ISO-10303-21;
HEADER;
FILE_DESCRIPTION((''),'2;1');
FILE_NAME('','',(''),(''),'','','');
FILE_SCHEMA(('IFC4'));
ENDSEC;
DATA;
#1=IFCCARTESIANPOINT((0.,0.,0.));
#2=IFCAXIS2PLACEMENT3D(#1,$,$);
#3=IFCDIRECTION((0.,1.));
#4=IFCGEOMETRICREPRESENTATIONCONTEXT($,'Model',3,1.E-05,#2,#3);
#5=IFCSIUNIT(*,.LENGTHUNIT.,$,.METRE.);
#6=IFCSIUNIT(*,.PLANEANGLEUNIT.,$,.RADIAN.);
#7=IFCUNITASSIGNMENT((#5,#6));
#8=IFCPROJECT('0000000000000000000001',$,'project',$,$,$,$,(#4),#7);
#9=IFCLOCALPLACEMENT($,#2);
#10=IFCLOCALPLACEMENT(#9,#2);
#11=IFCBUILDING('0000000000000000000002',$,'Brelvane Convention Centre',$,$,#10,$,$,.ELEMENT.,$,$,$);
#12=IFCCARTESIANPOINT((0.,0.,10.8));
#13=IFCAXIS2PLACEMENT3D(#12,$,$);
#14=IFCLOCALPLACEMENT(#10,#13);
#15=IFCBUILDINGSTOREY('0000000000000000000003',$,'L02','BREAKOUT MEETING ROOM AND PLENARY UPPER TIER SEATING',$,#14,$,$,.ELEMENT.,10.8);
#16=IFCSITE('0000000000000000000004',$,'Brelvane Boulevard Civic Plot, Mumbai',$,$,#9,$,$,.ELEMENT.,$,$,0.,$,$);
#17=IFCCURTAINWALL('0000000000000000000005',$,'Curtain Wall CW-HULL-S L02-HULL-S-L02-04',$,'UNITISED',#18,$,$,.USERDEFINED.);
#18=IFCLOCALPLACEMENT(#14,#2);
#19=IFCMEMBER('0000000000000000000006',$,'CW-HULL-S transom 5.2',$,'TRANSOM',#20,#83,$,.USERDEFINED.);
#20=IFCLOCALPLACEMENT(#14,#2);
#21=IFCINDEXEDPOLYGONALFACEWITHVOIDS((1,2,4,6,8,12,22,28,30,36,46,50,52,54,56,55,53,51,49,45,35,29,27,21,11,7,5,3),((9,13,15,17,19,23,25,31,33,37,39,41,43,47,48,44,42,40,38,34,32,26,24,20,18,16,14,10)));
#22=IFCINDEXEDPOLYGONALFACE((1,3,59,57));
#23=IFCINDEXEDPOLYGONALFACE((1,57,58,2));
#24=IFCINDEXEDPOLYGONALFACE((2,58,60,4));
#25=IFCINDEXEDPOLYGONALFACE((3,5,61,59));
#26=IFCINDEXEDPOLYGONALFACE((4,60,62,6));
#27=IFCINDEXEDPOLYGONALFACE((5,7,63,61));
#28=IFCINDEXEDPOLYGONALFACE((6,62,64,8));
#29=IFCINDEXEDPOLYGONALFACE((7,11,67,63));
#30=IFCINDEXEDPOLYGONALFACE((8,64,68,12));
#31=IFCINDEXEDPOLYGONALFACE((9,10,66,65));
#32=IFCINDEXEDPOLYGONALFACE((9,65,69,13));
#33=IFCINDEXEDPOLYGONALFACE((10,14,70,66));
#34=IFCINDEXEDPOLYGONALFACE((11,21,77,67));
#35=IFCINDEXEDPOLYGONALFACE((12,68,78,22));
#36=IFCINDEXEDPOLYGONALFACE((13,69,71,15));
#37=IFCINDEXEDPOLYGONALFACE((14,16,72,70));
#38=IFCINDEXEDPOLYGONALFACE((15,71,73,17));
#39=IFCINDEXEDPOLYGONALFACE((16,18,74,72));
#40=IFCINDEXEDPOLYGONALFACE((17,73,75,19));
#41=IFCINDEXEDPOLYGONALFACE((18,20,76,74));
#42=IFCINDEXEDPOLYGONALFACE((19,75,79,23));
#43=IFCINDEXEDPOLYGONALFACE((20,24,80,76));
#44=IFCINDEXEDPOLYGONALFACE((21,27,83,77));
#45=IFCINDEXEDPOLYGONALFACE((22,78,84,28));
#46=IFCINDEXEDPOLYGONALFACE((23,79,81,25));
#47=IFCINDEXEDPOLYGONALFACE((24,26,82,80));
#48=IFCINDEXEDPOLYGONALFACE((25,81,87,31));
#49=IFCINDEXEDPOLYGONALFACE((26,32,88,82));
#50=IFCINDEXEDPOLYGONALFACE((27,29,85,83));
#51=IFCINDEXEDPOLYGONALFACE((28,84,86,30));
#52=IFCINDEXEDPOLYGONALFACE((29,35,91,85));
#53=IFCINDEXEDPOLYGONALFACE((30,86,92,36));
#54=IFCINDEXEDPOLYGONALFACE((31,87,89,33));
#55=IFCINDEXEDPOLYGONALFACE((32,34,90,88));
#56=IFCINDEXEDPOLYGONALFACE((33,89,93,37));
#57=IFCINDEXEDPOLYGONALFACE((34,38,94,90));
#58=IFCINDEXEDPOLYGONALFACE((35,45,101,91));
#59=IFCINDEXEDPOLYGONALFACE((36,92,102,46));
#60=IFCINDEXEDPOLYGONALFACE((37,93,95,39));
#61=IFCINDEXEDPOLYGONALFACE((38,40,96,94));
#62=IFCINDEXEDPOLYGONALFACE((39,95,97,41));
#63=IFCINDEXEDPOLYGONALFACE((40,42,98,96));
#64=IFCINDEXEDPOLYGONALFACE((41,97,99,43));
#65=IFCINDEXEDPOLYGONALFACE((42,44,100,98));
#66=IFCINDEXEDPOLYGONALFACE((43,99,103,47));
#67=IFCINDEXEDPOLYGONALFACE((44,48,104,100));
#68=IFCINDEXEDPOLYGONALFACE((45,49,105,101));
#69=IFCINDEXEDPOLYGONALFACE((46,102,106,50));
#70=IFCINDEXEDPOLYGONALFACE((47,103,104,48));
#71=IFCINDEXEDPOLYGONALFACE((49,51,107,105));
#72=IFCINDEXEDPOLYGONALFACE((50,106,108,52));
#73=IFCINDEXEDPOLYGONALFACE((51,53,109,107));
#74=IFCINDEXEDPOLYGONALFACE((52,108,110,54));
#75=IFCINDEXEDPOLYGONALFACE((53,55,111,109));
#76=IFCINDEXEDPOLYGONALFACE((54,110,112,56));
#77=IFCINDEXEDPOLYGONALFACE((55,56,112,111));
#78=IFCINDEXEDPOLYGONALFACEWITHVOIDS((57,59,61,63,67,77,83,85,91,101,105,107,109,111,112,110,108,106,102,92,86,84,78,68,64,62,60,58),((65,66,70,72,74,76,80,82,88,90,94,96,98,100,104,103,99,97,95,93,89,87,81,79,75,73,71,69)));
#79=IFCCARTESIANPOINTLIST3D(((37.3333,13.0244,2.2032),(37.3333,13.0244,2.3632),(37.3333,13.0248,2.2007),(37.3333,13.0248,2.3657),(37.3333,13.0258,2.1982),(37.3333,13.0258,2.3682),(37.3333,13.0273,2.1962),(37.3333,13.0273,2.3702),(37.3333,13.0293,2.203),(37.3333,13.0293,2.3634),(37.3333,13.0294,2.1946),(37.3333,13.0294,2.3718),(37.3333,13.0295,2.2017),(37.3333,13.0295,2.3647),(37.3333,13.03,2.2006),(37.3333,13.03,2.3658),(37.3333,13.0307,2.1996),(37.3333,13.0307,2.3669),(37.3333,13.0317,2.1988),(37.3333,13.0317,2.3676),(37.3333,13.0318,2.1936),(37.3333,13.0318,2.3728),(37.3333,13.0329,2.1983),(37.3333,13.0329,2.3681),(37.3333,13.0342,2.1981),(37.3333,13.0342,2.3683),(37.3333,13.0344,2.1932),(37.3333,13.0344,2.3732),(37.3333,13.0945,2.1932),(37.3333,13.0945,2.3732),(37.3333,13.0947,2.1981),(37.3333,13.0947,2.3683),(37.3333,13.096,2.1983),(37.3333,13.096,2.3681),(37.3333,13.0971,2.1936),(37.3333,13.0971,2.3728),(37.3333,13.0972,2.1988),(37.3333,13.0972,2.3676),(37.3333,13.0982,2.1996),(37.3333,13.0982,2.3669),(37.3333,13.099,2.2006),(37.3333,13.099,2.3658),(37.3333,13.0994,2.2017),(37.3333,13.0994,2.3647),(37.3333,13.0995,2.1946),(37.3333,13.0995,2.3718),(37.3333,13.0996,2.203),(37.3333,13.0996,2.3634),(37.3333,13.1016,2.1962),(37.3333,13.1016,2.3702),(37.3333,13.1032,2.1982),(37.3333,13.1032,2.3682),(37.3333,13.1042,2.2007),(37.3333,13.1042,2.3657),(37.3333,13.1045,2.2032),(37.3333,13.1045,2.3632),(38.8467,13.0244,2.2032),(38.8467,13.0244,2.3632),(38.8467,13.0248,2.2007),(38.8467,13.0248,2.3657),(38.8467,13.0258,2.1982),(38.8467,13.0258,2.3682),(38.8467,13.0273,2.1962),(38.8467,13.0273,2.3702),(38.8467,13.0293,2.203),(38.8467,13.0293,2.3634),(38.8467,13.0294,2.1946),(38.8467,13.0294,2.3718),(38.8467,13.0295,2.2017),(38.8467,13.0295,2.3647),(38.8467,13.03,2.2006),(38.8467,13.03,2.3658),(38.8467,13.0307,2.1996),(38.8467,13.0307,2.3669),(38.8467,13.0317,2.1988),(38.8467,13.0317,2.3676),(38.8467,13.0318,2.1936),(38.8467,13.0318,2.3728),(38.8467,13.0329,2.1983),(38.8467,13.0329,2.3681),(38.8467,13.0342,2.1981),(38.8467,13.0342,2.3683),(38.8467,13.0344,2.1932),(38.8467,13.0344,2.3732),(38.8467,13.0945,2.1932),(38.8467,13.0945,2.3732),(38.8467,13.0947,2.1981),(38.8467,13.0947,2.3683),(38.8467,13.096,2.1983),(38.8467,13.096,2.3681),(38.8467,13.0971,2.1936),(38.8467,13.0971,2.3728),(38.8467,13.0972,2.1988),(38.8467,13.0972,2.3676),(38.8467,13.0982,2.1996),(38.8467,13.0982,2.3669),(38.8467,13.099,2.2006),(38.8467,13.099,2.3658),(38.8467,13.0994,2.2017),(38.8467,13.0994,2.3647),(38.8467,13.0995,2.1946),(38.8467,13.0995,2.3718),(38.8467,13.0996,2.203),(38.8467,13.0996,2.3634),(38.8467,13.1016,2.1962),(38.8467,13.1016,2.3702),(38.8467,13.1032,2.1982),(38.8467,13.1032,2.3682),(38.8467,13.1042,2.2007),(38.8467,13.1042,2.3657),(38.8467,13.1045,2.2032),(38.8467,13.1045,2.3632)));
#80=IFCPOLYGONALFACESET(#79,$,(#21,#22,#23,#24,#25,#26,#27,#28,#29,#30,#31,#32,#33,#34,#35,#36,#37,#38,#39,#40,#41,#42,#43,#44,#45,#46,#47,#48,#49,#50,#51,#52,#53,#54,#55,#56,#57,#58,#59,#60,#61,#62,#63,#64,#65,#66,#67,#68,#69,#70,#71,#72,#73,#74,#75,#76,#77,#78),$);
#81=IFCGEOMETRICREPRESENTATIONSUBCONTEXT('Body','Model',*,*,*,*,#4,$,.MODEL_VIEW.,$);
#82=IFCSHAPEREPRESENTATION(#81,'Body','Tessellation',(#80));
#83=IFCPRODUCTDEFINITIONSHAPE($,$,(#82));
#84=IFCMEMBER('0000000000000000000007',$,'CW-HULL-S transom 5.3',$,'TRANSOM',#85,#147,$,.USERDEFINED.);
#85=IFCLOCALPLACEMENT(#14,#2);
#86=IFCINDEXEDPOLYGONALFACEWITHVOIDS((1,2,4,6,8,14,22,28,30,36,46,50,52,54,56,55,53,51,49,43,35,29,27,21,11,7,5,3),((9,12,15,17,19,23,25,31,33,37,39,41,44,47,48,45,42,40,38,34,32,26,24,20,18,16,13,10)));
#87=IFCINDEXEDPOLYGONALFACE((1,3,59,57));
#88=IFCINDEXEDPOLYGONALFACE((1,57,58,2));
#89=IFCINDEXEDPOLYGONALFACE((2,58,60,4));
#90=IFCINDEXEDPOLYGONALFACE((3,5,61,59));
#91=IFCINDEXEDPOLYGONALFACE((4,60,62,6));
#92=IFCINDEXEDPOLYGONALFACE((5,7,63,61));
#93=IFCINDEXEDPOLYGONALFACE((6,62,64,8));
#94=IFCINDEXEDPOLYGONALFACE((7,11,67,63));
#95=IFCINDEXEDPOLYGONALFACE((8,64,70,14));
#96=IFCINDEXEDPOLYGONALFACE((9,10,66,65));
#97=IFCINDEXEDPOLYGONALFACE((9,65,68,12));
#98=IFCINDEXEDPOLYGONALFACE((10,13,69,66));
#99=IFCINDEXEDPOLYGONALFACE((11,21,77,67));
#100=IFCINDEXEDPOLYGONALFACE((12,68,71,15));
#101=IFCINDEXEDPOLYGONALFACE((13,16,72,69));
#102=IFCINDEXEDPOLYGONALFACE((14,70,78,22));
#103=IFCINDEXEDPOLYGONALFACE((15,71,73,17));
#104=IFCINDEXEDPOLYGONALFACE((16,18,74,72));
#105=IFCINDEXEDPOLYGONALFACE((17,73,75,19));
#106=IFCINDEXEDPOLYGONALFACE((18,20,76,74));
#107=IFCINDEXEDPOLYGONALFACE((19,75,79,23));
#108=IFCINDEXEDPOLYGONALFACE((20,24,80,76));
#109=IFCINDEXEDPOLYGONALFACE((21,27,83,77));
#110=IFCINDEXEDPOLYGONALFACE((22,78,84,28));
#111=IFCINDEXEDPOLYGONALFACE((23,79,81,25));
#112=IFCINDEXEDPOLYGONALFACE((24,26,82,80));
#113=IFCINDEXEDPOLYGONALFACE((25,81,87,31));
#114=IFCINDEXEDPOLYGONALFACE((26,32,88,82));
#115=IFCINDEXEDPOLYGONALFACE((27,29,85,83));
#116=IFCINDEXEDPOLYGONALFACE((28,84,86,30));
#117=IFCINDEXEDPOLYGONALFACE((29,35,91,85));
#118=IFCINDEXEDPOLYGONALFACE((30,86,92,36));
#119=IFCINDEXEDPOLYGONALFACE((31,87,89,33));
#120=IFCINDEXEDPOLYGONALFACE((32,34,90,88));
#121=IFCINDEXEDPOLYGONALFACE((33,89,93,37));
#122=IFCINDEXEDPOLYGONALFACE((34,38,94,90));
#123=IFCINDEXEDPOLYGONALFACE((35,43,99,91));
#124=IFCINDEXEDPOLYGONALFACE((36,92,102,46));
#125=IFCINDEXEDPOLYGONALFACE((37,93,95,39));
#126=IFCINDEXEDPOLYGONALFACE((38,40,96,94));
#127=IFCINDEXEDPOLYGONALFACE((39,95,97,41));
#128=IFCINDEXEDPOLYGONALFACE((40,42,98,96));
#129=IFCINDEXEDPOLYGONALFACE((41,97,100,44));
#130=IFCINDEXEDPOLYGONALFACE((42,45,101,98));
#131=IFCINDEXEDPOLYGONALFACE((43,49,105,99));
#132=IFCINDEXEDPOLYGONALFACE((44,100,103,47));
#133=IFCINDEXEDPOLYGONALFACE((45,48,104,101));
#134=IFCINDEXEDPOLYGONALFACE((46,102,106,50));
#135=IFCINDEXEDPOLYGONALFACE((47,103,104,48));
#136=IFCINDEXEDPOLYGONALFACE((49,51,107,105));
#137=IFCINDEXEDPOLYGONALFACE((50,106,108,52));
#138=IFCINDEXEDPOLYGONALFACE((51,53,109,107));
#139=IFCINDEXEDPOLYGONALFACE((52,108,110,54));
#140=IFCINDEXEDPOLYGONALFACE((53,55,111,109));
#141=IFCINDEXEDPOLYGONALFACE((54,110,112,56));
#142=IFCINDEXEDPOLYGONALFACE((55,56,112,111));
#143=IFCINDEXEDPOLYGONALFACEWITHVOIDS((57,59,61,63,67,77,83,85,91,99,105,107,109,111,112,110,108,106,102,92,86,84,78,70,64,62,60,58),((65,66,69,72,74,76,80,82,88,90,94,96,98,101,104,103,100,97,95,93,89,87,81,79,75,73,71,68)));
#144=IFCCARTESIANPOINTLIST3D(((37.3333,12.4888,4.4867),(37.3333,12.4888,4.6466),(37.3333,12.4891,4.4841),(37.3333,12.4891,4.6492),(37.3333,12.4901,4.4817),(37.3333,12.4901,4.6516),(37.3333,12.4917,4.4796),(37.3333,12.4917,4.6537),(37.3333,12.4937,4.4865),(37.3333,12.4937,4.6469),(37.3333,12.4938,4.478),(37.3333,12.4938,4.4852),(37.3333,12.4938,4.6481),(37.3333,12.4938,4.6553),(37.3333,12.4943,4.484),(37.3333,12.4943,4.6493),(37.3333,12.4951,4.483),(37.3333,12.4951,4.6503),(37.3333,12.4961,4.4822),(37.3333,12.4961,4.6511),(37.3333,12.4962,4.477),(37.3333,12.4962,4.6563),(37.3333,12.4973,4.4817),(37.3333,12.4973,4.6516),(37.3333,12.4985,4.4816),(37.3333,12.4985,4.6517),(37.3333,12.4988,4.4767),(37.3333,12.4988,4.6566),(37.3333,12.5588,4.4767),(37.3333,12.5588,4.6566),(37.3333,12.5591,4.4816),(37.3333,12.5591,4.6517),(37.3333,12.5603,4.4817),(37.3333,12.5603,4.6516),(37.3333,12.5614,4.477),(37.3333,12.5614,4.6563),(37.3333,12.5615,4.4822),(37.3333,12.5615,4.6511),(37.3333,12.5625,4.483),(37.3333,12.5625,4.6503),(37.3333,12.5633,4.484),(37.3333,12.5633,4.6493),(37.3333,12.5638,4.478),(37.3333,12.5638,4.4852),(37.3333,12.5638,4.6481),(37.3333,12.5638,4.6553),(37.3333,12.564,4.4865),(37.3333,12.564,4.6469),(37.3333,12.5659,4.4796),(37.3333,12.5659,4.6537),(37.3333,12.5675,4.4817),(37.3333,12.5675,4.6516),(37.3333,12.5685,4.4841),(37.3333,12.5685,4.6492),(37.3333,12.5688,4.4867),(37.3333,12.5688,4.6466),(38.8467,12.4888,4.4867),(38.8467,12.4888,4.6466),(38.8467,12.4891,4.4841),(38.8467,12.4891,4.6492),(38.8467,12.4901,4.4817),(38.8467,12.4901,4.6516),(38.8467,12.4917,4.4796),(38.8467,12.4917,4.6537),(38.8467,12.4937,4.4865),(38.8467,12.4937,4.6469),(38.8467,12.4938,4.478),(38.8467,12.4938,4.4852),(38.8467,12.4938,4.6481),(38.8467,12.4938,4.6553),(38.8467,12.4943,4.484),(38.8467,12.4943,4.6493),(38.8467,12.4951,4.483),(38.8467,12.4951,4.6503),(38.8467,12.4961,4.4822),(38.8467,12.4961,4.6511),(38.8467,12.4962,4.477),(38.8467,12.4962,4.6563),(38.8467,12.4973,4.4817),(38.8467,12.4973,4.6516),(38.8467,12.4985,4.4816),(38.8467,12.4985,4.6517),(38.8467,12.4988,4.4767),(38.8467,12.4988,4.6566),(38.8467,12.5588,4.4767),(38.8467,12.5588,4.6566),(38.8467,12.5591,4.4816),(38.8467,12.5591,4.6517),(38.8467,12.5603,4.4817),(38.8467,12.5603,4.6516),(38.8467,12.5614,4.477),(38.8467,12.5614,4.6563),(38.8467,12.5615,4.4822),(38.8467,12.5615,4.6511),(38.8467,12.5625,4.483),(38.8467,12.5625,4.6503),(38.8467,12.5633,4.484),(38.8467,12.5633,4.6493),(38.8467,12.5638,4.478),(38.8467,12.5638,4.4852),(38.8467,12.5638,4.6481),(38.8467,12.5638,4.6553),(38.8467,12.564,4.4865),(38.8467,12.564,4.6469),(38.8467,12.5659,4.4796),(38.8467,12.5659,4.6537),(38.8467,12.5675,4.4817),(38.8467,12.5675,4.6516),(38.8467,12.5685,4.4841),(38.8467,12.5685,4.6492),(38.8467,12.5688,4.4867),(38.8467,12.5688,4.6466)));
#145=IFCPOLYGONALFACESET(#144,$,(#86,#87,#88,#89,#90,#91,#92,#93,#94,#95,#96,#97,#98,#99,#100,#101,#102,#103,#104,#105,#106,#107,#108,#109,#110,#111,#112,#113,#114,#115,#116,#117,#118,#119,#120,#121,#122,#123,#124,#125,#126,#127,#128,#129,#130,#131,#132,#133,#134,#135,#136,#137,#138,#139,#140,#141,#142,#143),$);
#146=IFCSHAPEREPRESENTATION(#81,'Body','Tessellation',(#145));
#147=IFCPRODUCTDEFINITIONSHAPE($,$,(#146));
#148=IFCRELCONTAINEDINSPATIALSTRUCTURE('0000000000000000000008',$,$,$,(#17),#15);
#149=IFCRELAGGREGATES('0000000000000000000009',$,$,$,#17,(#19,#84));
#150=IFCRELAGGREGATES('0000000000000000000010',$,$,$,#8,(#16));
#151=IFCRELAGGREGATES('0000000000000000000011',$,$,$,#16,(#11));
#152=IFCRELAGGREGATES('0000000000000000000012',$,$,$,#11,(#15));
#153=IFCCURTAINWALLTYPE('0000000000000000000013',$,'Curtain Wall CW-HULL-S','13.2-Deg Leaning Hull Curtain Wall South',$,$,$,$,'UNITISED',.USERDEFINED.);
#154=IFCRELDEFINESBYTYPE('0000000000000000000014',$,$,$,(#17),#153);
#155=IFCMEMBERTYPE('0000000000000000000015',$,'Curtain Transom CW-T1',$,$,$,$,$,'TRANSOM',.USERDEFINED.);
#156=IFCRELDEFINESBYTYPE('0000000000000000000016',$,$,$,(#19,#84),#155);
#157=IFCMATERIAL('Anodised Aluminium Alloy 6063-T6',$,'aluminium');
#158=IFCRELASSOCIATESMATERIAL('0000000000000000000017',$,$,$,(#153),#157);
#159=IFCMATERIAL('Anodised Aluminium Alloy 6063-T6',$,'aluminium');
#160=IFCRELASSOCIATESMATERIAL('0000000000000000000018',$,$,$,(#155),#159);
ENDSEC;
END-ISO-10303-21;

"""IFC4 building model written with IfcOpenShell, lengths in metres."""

from ifc_helpers import new_model, si_unit, direction, frame, origin, origin_2d, place, context, subcontext, project, spatial, hollow_rectangle, extrude, material, material_profile, profile_set, type_object, element, aggregate, save


model = new_model("IFC4")

# Units and contexts
model_context = context("Model", 3, precision=1e-05, world=origin(), true_north=direction((0.0, 1.0)))
body_context = subcontext(model_context, "Body", "Model", "MODEL_VIEW")
ifc_project = project(units=[si_unit("LENGTHUNIT", "METRE"), si_unit("PLANEANGLEUNIT", "RADIAN")], contexts=[model_context])

# Site, building, storey
site_placement = place(None, origin())
site = spatial("IfcSite", under=ifc_project, at=site_placement, Name="Brelvane Boulevard Civic Plot, Mumbai", CompositionType="ELEMENT", RefElevation=0.0)
building_placement = place(site_placement, origin())
building = spatial("IfcBuilding", under=site, at=building_placement, Name="Brelvane Convention Centre", CompositionType="ELEMENT")
storey_placement = place(building_placement, frame((0.0, 0.0, 10.8)))
storey = spatial("IfcBuildingStorey", under=building, at=storey_placement, Name="L02", Description="BREAKOUT MEETING ROOM AND PLENARY UPPER TIER SEATING", CompositionType="ELEMENT", Elevation=10.8)

# Curtain wall, members
ifc_material_1 = material(Name="Anodised Aluminium Alloy 6063-T6", Category="aluminium")
curtain_wall_type = type_object("IfcCurtainWallType", Name="Curtain Wall CW-HULL-S", Description="13.2-Deg Leaning Hull Curtain Wall South", ElementType="UNITISED", PredefinedType="USERDEFINED", material=ifc_material_1)
curtain_wall_placement = place(storey_placement, origin())
curtain_wall = element("IfcCurtainWall", 1, at=curtain_wall_placement, inside=storey, type_object=curtain_wall_type, Name="Curtain Wall CW-HULL-S L02-HULL-S-L02-04", ObjectType="UNITISED", PredefinedType="USERDEFINED")
ifc_material_2 = material(Name="Anodised Aluminium Alloy 6063-T6", Category="aluminium")
ifc_material_profile = material_profile(ifc_material_2, hollow_rectangle(XDim=0.0801, YDim=0.1799, WallThickness=0.0049, InnerFilletRadius=0.0049, OuterFilletRadius=0.01, at=origin_2d()), Name="ALU-T 180x80x5.0")
ifc_profile_set = profile_set([ifc_material_profile], Name="Anodised Aluminium Alloy 6063-T6")
member_type = type_object("IfcMemberType", Name="Curtain Transom CW-T1", ElementType="TRANSOM", PredefinedType="USERDEFINED", material=ifc_profile_set)
member_1_placement = place(storey_placement, frame((37.3333, 13.0645, 2.2832), z_axis=(1.0, 0.0, 0.0), x_axis=(0.0, 1.0, 0.0)))
member_1 = element("IfcMember", 2, at=member_1_placement, type_object=member_type, Name="CW-HULL-S transom 5.2", ObjectType="TRANSOM", PredefinedType="USERDEFINED", context=body_context, shape_type="SweptSolid", body=[
    extrude(hollow_rectangle(XDim=0.0801, YDim=0.1799, WallThickness=0.0049, InnerFilletRadius=0.0049, OuterFilletRadius=0.01, at=origin_2d()), origin(), (0.0, 0.0, 1.0), 1.5134),
])
member_2_placement = place(storey_placement, frame((37.3333, 12.5288, 4.5667), z_axis=(1.0, 0.0, 0.0), x_axis=(0.0, 1.0, 0.0)))
member_2 = element("IfcMember", 3, at=member_2_placement, type_object=member_type, Name="CW-HULL-S transom 5.3", ObjectType="TRANSOM", PredefinedType="USERDEFINED", context=body_context, shape_type="SweptSolid", body=[
    extrude(hollow_rectangle(XDim=0.0801, YDim=0.1799, WallThickness=0.0049, InnerFilletRadius=0.0049, OuterFilletRadius=0.01, at=origin_2d()), origin(), (0.0, 0.0, 1.0), 1.5134),
])
aggregate(curtain_wall, [member_1, member_2])

save(model, "model.ifc")
